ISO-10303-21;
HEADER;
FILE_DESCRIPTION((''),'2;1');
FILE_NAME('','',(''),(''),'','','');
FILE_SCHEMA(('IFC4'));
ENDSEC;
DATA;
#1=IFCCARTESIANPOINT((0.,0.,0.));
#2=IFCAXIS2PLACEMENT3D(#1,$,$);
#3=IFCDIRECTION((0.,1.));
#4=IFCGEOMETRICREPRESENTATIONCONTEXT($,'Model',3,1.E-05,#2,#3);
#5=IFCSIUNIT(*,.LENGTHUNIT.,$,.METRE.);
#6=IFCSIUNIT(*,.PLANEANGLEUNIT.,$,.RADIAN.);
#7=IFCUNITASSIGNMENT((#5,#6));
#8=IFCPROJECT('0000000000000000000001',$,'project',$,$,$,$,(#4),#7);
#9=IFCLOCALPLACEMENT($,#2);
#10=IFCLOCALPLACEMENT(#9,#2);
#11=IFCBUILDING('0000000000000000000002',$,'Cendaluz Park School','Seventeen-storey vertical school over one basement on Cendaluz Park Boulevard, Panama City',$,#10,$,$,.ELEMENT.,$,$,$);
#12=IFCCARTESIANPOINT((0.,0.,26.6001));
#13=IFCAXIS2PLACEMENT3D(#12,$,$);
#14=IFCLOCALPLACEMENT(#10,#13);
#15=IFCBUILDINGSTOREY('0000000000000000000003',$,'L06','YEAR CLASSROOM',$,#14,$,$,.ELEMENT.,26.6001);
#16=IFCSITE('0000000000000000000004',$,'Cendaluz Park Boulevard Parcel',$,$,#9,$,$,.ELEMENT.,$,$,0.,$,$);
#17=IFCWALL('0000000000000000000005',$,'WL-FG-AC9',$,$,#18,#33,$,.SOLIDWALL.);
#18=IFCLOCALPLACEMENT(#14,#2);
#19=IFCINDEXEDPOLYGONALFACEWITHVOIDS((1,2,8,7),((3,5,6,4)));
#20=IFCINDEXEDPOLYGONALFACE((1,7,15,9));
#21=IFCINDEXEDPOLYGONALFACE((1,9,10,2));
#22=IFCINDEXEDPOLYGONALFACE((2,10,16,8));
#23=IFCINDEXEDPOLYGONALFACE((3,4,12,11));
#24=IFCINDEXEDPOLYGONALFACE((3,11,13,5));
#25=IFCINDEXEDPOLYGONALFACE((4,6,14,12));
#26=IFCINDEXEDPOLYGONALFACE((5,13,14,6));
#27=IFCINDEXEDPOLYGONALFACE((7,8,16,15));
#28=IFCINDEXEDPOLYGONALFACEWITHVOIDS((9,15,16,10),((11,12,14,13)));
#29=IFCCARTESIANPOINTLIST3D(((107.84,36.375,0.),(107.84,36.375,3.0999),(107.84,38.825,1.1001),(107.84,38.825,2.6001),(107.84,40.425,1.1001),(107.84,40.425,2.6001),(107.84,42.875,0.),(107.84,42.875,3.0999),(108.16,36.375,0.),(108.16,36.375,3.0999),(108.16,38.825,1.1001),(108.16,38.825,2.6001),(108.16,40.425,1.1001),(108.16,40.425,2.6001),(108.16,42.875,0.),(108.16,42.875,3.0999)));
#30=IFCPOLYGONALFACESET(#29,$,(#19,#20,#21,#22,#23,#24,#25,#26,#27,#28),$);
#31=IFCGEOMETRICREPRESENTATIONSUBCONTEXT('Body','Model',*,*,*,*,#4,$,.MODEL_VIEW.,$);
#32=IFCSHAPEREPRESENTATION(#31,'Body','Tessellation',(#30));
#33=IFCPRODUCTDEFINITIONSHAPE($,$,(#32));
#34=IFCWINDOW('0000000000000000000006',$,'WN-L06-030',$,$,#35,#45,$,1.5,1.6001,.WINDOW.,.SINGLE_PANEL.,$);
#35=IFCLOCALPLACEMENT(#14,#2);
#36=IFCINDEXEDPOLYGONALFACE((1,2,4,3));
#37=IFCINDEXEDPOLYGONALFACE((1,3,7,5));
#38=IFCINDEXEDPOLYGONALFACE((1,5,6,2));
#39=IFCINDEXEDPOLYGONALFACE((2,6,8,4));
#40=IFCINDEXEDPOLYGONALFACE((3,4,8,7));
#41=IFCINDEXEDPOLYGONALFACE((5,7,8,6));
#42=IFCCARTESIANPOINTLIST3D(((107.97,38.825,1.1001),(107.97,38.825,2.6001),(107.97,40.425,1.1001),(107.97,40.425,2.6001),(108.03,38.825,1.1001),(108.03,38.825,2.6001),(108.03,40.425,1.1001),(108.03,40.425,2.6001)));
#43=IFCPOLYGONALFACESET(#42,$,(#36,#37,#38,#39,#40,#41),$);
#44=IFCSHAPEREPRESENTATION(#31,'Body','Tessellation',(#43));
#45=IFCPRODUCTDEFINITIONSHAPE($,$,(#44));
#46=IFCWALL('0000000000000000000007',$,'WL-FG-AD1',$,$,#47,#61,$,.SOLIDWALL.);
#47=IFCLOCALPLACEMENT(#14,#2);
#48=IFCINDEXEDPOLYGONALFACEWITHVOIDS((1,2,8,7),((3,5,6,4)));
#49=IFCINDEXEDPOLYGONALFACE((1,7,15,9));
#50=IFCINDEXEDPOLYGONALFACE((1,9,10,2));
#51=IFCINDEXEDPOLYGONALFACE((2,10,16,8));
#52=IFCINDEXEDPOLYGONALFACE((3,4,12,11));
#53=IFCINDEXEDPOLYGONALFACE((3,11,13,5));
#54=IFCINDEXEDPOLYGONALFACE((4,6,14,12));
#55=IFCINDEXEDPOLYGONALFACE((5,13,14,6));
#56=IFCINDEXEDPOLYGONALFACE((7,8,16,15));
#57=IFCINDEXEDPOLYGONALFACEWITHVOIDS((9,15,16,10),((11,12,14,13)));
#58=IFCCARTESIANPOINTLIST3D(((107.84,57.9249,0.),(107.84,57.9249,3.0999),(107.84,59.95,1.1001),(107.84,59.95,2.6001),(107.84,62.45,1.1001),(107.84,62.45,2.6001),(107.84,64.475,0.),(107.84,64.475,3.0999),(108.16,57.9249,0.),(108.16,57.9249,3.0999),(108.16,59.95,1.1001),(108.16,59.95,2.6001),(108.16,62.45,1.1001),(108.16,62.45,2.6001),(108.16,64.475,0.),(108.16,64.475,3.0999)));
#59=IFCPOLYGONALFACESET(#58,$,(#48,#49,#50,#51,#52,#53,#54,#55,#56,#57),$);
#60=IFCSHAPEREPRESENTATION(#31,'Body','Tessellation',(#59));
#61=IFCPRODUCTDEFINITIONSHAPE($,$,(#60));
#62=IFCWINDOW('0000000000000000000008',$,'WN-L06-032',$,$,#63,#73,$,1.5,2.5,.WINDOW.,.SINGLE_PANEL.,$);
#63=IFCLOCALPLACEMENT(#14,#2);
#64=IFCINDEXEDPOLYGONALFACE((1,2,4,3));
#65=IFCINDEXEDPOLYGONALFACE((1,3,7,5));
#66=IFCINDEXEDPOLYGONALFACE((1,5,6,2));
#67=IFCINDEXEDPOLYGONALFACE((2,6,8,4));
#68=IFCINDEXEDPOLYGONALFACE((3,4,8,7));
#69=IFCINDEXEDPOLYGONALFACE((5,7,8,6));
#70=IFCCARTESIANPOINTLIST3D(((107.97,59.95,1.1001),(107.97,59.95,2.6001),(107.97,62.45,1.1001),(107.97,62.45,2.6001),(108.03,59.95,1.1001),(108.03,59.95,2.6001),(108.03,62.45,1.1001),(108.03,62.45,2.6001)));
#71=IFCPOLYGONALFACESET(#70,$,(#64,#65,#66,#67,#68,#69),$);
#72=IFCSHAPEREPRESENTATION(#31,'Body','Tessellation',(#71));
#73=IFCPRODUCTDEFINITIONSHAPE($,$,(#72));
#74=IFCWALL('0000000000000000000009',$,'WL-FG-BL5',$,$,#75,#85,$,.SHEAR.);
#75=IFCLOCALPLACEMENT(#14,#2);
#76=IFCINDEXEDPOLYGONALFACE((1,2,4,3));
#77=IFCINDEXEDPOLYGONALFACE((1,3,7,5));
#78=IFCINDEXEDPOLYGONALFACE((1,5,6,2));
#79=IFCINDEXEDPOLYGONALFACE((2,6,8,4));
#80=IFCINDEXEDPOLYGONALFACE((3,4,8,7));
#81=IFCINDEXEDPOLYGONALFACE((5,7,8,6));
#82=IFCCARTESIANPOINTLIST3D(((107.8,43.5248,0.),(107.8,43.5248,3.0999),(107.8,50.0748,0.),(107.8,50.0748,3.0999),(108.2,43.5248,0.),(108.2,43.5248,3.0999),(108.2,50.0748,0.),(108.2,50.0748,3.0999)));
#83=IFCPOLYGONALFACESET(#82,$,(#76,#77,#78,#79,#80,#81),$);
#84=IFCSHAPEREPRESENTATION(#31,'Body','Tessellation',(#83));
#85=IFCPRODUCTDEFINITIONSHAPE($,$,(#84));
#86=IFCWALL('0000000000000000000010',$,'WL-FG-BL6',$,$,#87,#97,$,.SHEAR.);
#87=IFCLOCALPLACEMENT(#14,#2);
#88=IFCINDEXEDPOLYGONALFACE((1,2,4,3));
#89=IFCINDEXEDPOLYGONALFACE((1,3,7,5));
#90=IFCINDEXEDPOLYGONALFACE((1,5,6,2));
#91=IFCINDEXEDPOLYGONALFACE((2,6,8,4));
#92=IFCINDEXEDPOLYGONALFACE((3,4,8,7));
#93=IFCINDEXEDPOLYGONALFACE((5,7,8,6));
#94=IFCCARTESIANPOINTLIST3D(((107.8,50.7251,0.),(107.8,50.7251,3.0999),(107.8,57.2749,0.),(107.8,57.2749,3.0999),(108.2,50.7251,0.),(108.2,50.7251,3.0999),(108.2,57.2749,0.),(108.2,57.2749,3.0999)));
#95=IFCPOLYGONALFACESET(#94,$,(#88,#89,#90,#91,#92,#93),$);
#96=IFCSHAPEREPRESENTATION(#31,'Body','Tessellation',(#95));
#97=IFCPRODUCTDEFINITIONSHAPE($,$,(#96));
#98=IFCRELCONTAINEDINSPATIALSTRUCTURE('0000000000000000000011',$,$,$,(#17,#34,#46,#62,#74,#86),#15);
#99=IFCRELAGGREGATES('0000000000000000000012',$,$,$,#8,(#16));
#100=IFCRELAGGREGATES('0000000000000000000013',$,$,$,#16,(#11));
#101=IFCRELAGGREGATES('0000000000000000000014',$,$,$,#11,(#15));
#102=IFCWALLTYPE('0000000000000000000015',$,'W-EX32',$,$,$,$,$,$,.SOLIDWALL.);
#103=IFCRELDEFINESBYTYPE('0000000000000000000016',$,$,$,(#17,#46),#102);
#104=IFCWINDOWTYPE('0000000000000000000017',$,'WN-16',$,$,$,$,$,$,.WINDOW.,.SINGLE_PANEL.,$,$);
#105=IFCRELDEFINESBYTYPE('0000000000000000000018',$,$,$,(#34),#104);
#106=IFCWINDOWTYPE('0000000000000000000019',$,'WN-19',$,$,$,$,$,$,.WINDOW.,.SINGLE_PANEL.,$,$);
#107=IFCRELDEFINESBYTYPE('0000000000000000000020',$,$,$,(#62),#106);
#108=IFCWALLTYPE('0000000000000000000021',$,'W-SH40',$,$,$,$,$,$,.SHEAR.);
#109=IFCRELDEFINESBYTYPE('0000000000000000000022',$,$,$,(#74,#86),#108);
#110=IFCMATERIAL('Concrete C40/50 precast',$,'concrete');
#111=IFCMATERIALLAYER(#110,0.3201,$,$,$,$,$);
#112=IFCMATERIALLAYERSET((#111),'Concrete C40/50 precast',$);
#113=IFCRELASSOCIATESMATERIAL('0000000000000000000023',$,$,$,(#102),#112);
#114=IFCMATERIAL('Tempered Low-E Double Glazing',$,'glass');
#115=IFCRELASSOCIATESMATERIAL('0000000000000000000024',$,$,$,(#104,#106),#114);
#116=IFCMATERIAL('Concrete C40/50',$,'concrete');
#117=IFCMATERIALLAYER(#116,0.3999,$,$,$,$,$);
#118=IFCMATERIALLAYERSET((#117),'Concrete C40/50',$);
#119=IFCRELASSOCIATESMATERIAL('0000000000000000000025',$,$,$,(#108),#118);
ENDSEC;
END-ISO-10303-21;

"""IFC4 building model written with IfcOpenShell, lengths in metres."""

from ifc_helpers import new_model, si_unit, direction, frame, frame_2d, origin, place, context, subcontext, project, spatial, rectangle, extrude, material, layer, layer_set, type_object, element, fill, save


model = new_model("IFC4")

# Units and contexts
model_context = context("Model", 3, precision=1e-05, world=origin(), true_north=direction((0.0, 1.0)))
body_context = subcontext(model_context, "Body", "Model", "MODEL_VIEW")
ifc_project = project(units=[si_unit("LENGTHUNIT", "METRE"), si_unit("PLANEANGLEUNIT", "RADIAN")], contexts=[model_context])

# Site, building, storey
site_placement = place(None, origin())
site = spatial("IfcSite", under=ifc_project, at=site_placement, Name="Cendaluz Park Boulevard Parcel", CompositionType="ELEMENT", RefElevation=0.0)
building_placement = place(site_placement, origin())
building = spatial("IfcBuilding", under=site, at=building_placement, Name="Cendaluz Park School", Description="Seventeen-storey vertical school over one basement on Cendaluz Park Boulevard, Panama City", CompositionType="ELEMENT")
storey_placement = place(building_placement, frame((0.0, 0.0, 26.6001)))
storey = spatial("IfcBuildingStorey", under=building, at=storey_placement, Name="L06", Description="YEAR CLASSROOM", CompositionType="ELEMENT", Elevation=26.6001)

# Shared definitions
ifc_material_1 = material(Name="Concrete C40/50", Category="concrete")

# Walls, openings, windows
ifc_material_2 = material(Name="Concrete C40/50 precast", Category="concrete")
ifc_layer_1 = layer(ifc_material_2, 0.3201)
ifc_layer_set_1 = layer_set([ifc_layer_1], Name="Concrete C40/50 precast")
wall_type_1 = type_object("IfcWallType", Name="W-EX32", PredefinedType="SOLIDWALL", material=ifc_layer_set_1)
ifc_material_3 = material(Name="Tempered Low-E Double Glazing", Category="glass")
wall_1_placement = place(storey_placement, frame((108.0, 36.375, 0.0), z_axis=(0.0, 0.0, 1.0), x_axis=(0.0, 1.0, 0.0)))
wall_1 = element("IfcWall", 1, at=wall_1_placement, inside=storey, type_object=wall_type_1, Name="WL-FG-AC9", PredefinedType="SOLIDWALL", context=body_context, shape_type="SweptSolid", body=[
    extrude(rectangle(XDim=6.5, YDim=0.3201, at=frame_2d((3.25, 0.0))), origin(), (0.0, 0.0, 1.0), 3.0999),
])
opening_1_placement = place(wall_1_placement, frame((2.45, 0.0, 1.1001)))
opening_1 = element("IfcOpeningElement", 2, at=opening_1_placement, cuts=wall_1, PredefinedType="OPENING", context=body_context, shape_type="SweptSolid", body=[
    extrude(rectangle(XDim=1.6001, YDim=1.5, at=frame_2d((0.8, 0.75))), frame((0.0, 0.1721, 0.0), z_axis=(0.0, -1.0, 0.0), x_axis=(1.0, 0.0, 0.0)), (0.0, 0.0, 1.0), 0.344),
])
window_type_1 = type_object("IfcWindowType", Name="WN-16", PartitioningType="SINGLE_PANEL", PredefinedType="WINDOW", material=ifc_material_3)
window_1_placement = place(opening_1_placement, origin())
window_1 = element("IfcWindow", 3, at=window_1_placement, inside=storey, type_object=window_type_1, Name="WN-L06-030", OverallHeight=1.5, OverallWidth=1.6001, PartitioningType="SINGLE_PANEL", PredefinedType="WINDOW", context=body_context, shape_type="SweptSolid", body=[
    extrude(rectangle(XDim=1.6001, YDim=1.5, at=frame_2d((0.8, 0.75))), frame((0.0, 0.03, 0.0), z_axis=(0.0, -1.0, 0.0), x_axis=(1.0, 0.0, 0.0)), (0.0, 0.0, 1.0), 0.0601),
])
fill(opening_1, window_1)
wall_2_placement = place(storey_placement, frame((108.0, 57.925, 0.0), z_axis=(0.0, 0.0, 1.0), x_axis=(0.0, 1.0, 0.0)))
wall_2 = element("IfcWall", 4, at=wall_2_placement, inside=storey, type_object=wall_type_1, Name="WL-FG-AD1", PredefinedType="SOLIDWALL", context=body_context, shape_type="SweptSolid", body=[
    extrude(rectangle(XDim=6.55, YDim=0.3201, at=frame_2d((3.2749, 0.0))), origin(), (0.0, 0.0, 1.0), 3.0999),
])
opening_2_placement = place(wall_2_placement, frame((2.0249, 0.0, 1.1001)))
opening_2 = element("IfcOpeningElement", 5, at=opening_2_placement, cuts=wall_2, PredefinedType="OPENING", context=body_context, shape_type="SweptSolid", body=[
    extrude(rectangle(XDim=2.5, YDim=1.5, at=frame_2d((1.25, 0.75))), frame((0.0, 0.1721, 0.0), z_axis=(0.0, -1.0, 0.0), x_axis=(1.0, 0.0, 0.0)), (0.0, 0.0, 1.0), 0.344),
])
window_type_2 = type_object("IfcWindowType", Name="WN-19", PartitioningType="SINGLE_PANEL", PredefinedType="WINDOW", material=ifc_material_3)
window_2_placement = place(opening_2_placement, origin())
window_2 = element("IfcWindow", 6, at=window_2_placement, inside=storey, type_object=window_type_2, Name="WN-L06-032", OverallHeight=1.5, OverallWidth=2.5, PartitioningType="SINGLE_PANEL", PredefinedType="WINDOW", context=body_context, shape_type="SweptSolid", body=[
    extrude(rectangle(XDim=2.5, YDim=1.5, at=frame_2d((1.25, 0.75))), frame((0.0, 0.03, 0.0), z_axis=(0.0, -1.0, 0.0), x_axis=(1.0, 0.0, 0.0)), (0.0, 0.0, 1.0), 0.0601),
])
fill(opening_2, window_2)

# Walls
ifc_layer_2 = layer(ifc_material_1, 0.3999)
ifc_layer_set_2 = layer_set([ifc_layer_2], Name="Concrete C40/50")
wall_type_2 = type_object("IfcWallType", Name="W-SH40", PredefinedType="SHEAR", material=ifc_layer_set_2)
wall_3_placement = place(storey_placement, frame((108.0, 43.5249, 0.0), z_axis=(0.0, 0.0, 1.0), x_axis=(0.0, 1.0, 0.0)))
element("IfcWall", 7, at=wall_3_placement, inside=storey, type_object=wall_type_2, Name="WL-FG-BL5", PredefinedType="SHEAR", context=body_context, shape_type="SweptSolid", body=[
    extrude(rectangle(XDim=6.55, YDim=0.3999, at=frame_2d((3.2749, 0.0))), origin(), (0.0, 0.0, 1.0), 3.0999),
])
wall_4_placement = place(storey_placement, frame((108.0, 50.7251, 0.0), z_axis=(0.0, 0.0, 1.0), x_axis=(0.0, 1.0, 0.0)))
element("IfcWall", 8, at=wall_4_placement, inside=storey, type_object=wall_type_2, Name="WL-FG-BL6", PredefinedType="SHEAR", context=body_context, shape_type="SweptSolid", body=[
    extrude(rectangle(XDim=6.5498, YDim=0.3999, at=frame_2d((3.2749, 0.0))), origin(), (0.0, 0.0, 1.0), 3.0999),
])

save(model, "model.ifc")
